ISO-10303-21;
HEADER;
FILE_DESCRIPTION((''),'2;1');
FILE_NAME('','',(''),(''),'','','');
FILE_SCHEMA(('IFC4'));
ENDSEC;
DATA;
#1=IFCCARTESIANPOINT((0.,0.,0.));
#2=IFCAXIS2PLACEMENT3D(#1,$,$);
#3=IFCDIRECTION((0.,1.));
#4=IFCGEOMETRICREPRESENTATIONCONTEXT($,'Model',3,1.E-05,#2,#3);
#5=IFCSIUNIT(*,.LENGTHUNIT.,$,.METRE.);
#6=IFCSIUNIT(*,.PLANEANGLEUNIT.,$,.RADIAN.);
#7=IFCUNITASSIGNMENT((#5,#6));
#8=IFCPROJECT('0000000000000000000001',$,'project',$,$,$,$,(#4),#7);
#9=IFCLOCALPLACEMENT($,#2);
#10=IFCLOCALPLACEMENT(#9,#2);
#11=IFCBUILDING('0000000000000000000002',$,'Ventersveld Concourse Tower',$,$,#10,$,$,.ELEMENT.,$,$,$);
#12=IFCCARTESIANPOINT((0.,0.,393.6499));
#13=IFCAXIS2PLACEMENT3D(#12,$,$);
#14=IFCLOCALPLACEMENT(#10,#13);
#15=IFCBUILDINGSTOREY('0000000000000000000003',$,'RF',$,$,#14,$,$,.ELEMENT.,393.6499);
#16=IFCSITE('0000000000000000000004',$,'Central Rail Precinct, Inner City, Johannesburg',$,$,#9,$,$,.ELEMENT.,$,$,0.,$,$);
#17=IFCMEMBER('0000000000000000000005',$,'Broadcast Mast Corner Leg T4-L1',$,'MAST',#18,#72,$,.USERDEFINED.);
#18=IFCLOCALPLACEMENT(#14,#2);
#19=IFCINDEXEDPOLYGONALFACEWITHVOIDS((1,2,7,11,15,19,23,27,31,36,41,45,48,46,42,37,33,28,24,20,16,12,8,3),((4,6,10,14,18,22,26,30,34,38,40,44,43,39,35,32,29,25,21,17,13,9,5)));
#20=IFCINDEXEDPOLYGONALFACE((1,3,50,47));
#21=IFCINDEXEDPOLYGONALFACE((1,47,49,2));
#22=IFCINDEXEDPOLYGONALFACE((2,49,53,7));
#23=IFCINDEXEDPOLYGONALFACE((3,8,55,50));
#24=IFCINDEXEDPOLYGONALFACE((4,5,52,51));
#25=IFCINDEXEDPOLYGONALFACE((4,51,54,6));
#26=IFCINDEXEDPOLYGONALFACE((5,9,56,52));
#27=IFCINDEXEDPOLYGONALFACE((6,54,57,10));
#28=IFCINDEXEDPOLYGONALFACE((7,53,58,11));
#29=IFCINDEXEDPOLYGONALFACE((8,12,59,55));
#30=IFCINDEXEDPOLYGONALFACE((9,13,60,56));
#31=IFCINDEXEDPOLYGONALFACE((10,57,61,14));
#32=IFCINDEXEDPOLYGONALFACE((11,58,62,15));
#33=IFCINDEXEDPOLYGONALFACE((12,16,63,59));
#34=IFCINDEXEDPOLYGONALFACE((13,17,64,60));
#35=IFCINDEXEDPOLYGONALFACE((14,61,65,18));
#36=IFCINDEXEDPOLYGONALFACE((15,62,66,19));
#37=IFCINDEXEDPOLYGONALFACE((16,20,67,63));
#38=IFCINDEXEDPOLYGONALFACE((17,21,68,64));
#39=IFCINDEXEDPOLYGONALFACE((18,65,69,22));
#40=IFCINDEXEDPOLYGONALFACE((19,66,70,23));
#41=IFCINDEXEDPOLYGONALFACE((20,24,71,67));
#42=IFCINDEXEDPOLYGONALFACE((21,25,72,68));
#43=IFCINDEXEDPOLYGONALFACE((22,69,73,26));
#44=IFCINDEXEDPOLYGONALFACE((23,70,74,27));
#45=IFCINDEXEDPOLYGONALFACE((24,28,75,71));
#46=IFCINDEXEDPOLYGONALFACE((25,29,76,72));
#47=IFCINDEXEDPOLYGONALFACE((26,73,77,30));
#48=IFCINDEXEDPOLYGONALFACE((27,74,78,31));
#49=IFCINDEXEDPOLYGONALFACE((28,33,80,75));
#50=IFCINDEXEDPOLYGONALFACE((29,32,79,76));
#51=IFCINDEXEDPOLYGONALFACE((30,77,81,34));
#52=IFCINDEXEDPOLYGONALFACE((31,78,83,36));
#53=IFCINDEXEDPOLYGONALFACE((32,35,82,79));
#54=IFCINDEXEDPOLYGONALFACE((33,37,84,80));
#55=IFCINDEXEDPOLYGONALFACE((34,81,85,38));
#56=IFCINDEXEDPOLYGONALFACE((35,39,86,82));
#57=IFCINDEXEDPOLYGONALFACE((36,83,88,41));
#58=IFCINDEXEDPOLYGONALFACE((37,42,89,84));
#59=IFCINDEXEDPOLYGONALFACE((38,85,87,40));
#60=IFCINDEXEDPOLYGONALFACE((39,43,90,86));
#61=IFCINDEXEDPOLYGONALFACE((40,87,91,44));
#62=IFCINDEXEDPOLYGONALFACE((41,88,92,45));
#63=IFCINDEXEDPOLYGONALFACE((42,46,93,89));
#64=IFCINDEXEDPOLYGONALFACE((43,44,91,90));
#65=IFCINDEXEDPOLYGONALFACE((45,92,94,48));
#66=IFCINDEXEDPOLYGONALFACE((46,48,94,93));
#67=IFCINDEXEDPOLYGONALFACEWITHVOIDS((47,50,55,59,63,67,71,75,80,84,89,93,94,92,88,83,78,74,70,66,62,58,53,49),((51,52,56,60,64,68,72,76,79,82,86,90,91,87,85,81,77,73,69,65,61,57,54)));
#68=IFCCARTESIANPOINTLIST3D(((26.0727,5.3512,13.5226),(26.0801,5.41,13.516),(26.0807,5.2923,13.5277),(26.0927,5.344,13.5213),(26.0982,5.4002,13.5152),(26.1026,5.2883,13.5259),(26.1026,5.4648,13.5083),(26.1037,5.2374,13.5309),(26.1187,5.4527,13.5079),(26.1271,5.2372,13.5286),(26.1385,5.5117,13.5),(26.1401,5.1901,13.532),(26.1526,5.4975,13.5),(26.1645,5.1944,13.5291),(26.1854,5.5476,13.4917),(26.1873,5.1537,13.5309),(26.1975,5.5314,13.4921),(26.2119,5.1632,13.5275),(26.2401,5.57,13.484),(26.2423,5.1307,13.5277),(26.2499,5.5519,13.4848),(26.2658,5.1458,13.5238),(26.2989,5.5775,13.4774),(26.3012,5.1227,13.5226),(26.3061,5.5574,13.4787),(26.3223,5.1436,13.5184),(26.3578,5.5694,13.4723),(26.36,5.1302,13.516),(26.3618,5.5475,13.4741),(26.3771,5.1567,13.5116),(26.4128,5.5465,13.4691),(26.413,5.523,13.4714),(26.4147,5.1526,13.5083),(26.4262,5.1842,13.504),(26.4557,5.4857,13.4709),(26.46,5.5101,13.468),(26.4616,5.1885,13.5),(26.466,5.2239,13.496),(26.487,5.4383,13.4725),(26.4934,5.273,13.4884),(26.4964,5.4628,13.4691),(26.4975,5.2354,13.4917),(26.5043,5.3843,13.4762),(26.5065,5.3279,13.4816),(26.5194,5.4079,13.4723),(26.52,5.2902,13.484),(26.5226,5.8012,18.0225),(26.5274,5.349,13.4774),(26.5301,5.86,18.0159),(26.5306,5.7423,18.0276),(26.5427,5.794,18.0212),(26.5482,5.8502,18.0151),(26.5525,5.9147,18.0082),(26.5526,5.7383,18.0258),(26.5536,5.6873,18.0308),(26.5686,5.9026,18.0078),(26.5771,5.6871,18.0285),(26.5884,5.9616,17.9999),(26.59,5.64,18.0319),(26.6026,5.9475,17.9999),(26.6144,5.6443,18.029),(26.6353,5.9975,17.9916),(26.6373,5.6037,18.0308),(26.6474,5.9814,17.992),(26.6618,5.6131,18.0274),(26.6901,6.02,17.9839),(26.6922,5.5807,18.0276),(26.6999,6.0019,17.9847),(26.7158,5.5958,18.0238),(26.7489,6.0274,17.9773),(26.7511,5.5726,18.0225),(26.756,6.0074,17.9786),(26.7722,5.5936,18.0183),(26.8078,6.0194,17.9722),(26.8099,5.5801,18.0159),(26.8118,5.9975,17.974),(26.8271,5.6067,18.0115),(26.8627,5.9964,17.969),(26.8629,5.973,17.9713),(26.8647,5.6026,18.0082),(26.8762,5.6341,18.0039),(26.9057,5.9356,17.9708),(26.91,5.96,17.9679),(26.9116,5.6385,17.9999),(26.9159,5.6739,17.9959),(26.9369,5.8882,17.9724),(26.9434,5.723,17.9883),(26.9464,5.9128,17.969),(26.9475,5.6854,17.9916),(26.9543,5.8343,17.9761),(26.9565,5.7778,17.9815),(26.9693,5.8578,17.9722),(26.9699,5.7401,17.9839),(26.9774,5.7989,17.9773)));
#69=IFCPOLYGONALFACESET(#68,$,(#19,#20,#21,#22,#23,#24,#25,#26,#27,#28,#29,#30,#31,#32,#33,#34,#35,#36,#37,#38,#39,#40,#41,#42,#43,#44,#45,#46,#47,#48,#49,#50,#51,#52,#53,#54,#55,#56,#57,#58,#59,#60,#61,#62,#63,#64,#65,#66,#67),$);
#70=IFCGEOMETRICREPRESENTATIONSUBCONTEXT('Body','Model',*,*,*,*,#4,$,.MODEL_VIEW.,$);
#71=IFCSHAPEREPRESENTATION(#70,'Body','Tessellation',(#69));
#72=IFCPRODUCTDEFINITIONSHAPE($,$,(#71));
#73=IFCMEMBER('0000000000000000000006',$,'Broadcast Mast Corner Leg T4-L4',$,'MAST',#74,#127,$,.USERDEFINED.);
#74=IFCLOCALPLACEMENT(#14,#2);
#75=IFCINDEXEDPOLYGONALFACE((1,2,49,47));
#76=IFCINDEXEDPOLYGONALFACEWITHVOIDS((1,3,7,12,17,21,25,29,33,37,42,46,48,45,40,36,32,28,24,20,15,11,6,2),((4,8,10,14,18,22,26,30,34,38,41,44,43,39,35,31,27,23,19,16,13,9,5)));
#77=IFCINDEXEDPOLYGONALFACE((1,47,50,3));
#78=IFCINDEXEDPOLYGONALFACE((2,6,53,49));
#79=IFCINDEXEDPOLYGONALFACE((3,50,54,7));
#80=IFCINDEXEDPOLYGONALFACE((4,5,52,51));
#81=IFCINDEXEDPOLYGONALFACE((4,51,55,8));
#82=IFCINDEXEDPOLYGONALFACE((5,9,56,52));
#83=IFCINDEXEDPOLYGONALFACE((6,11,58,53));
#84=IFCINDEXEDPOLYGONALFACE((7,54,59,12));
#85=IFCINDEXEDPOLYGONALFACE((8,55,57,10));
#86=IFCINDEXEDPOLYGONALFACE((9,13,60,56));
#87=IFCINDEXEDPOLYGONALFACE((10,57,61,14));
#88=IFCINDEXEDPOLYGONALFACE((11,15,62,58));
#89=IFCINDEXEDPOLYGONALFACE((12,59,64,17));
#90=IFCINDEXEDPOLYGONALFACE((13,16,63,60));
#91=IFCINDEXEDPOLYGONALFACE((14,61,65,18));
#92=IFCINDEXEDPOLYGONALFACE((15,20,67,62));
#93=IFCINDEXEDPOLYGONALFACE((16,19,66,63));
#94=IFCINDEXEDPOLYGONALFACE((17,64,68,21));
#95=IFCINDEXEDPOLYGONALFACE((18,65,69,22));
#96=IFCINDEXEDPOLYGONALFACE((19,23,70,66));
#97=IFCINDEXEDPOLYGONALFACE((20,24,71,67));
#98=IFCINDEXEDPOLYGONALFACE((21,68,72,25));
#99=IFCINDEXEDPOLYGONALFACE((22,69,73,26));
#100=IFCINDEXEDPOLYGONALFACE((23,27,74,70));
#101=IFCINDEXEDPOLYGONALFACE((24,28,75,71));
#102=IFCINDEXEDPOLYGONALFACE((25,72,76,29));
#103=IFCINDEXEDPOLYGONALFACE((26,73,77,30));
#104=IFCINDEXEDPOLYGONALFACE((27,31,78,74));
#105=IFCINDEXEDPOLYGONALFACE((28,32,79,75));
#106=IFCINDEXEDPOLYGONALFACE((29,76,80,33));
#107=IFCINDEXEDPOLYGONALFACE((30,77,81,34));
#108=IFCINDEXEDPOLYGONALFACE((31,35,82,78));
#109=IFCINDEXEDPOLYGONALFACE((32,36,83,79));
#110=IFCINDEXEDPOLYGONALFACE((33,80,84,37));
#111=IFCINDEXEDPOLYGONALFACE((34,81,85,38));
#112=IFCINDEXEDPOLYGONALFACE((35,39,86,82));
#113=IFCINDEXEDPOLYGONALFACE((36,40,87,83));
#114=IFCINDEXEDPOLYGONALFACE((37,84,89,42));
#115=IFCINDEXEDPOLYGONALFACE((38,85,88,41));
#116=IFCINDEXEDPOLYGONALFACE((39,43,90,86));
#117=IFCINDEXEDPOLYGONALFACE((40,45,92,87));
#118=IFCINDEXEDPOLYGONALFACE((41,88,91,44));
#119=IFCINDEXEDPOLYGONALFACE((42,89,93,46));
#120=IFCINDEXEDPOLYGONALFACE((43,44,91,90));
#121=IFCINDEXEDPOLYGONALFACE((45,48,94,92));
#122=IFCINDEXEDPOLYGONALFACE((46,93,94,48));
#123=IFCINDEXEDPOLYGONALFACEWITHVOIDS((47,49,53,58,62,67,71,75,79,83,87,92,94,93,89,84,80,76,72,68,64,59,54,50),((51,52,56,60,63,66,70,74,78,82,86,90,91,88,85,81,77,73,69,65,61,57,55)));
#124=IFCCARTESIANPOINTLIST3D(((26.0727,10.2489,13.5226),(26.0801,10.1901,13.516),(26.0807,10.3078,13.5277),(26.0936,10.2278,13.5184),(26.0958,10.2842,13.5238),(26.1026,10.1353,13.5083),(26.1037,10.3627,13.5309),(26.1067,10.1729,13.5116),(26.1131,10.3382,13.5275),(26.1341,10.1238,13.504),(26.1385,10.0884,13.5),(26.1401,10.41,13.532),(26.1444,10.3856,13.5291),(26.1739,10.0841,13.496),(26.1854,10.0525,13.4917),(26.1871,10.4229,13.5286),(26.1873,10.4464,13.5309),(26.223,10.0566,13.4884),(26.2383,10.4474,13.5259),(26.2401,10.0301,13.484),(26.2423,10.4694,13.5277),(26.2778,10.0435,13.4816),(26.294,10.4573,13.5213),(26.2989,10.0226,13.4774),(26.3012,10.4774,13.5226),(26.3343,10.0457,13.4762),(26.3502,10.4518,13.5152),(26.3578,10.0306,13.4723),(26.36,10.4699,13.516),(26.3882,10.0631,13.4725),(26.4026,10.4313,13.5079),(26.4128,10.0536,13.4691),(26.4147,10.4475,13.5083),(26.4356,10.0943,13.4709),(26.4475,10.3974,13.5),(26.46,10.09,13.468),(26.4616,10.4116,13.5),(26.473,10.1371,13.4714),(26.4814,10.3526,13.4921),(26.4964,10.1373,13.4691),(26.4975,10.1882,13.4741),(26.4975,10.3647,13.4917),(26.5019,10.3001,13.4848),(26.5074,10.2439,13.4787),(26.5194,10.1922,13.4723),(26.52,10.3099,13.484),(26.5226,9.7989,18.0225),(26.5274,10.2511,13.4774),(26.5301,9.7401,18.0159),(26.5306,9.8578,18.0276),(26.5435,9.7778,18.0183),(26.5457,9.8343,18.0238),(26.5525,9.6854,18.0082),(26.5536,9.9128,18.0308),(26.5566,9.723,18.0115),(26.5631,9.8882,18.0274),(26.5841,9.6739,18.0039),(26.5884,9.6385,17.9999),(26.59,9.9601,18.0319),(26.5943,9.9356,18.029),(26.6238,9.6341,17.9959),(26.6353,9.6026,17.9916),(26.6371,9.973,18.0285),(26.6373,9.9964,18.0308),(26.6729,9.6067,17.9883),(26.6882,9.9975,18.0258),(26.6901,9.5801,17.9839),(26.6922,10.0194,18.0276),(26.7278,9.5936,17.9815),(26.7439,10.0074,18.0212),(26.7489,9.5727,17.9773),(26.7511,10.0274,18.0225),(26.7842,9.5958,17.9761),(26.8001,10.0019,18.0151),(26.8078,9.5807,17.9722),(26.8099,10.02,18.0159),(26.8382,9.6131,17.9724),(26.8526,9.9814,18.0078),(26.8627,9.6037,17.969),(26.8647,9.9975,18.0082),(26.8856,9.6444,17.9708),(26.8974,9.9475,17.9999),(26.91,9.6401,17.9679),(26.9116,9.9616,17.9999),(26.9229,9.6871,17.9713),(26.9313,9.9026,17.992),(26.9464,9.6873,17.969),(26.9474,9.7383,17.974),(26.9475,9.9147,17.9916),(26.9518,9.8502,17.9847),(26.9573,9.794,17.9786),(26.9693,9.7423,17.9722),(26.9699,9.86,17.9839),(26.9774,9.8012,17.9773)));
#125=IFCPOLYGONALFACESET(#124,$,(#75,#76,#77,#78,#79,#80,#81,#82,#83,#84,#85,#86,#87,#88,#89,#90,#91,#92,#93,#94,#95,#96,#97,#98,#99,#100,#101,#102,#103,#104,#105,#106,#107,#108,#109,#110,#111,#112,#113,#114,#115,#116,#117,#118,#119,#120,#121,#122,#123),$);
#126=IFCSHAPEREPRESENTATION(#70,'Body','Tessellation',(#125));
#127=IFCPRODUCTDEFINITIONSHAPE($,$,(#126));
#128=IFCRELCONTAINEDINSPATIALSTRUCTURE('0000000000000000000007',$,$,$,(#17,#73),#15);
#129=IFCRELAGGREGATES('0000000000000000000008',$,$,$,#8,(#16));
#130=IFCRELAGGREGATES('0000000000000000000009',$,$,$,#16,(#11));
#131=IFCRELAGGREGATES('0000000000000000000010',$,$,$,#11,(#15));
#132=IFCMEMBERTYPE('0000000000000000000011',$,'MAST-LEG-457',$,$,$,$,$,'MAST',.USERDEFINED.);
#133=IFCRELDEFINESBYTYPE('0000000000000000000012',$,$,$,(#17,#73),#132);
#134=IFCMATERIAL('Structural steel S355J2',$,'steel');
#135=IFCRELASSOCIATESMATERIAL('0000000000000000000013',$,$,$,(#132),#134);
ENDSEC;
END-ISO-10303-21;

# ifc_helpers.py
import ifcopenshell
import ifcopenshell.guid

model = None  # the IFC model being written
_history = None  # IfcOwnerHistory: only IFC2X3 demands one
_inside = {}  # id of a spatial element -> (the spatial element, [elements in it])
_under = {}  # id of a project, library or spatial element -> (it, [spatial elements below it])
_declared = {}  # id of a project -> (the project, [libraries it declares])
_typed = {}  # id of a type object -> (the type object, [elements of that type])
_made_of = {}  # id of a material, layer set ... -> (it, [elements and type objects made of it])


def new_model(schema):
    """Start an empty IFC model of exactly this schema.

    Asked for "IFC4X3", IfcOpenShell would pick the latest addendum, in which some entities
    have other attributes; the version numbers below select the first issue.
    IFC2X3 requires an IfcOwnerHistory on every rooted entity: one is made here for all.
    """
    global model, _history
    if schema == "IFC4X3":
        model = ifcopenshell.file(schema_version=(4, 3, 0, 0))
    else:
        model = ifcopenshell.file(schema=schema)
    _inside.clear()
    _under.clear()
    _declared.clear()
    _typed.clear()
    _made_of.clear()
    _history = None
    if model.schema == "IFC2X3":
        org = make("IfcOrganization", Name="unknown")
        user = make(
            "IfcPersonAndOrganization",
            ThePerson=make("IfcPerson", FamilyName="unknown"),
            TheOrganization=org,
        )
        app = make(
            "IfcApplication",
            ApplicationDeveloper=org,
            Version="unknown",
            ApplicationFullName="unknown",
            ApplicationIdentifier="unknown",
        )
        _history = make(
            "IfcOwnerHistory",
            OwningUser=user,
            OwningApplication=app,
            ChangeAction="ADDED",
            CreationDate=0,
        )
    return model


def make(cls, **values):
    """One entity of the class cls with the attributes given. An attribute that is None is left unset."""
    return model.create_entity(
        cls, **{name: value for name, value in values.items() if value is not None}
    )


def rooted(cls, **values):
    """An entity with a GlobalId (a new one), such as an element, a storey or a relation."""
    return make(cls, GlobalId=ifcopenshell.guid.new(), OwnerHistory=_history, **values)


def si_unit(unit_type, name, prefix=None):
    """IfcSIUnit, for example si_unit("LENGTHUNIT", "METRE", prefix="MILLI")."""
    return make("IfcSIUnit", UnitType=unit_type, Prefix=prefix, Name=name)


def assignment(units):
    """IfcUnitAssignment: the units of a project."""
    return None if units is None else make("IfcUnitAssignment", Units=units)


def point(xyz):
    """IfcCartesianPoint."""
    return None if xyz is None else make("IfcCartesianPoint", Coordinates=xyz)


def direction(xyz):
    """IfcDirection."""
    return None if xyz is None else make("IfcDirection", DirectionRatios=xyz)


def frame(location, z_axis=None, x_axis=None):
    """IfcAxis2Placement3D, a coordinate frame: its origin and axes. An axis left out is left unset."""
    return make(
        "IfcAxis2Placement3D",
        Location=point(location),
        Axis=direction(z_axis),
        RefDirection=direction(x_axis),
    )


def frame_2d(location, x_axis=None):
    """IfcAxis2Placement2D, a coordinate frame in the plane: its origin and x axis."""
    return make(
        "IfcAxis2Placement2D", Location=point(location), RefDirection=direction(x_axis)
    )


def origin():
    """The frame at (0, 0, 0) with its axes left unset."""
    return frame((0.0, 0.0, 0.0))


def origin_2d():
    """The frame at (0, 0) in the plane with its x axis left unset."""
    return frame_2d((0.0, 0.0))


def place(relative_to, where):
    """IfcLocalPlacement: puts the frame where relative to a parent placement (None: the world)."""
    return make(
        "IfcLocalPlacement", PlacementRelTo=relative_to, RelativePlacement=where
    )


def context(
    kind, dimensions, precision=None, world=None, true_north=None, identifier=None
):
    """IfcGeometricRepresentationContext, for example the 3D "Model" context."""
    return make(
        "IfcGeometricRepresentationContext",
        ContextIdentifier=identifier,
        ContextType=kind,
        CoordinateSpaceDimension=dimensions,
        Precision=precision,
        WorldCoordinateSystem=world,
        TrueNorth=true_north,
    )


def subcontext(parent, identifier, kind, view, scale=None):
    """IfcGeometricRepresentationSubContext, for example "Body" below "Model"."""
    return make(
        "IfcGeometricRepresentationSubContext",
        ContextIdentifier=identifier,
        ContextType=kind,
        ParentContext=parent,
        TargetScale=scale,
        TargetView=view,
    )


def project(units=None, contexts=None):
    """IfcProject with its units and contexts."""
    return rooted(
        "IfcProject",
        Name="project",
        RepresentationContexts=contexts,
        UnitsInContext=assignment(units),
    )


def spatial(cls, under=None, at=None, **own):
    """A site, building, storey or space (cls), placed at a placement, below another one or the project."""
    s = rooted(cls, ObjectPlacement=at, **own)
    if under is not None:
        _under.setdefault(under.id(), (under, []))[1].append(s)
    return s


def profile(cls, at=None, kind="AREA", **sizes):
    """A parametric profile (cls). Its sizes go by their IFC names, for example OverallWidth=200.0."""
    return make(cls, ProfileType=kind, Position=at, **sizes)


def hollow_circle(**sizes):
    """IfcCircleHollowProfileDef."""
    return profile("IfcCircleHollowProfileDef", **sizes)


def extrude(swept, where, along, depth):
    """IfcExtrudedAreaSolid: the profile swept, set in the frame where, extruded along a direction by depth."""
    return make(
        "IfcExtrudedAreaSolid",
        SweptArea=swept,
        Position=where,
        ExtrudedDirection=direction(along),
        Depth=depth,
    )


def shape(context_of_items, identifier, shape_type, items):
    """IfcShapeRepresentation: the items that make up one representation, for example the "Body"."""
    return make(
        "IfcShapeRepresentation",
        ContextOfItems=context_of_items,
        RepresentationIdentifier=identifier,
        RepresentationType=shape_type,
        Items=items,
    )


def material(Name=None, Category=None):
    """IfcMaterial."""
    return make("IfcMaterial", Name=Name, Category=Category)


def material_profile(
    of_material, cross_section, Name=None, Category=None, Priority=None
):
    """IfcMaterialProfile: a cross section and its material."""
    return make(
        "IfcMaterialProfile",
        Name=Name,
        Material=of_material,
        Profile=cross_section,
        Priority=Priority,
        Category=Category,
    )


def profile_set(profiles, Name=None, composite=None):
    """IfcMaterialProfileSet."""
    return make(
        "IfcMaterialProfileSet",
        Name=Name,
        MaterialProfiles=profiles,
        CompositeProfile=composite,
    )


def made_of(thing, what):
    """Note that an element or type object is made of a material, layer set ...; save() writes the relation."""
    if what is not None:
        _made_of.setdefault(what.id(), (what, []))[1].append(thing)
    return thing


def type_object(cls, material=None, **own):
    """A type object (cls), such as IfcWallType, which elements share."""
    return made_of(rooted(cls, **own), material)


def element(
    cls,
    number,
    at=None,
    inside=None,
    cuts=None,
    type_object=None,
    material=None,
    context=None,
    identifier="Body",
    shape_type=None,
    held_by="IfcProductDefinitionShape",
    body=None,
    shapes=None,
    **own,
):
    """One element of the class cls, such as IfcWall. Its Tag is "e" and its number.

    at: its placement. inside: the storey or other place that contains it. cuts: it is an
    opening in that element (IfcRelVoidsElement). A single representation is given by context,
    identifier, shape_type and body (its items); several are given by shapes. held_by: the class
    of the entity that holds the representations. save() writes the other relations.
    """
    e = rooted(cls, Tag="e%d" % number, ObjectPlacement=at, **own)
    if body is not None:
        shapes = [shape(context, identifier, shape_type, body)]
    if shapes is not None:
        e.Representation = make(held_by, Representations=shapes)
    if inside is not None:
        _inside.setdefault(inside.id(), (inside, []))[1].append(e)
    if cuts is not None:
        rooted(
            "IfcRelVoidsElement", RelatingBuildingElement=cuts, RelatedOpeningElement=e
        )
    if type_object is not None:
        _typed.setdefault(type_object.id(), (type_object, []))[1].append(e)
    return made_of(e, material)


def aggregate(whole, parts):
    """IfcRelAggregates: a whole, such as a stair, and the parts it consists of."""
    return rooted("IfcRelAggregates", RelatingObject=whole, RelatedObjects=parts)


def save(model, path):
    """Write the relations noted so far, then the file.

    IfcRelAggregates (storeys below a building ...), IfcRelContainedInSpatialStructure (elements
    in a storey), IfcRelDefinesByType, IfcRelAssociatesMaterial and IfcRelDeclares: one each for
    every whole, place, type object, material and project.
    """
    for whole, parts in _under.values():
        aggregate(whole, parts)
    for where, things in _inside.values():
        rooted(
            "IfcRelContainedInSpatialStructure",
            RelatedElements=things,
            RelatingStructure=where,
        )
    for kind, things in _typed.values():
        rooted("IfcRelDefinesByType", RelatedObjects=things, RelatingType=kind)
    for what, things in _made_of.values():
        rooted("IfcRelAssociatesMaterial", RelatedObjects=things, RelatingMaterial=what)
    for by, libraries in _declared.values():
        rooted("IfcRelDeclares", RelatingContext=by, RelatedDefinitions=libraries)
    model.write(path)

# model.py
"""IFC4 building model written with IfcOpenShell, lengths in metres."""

from ifc_helpers import new_model, si_unit, direction, frame, origin, origin_2d, place, context, subcontext, project, spatial, hollow_circle, extrude, material, material_profile, profile_set, type_object, element, save


model = new_model("IFC4")

# Units and contexts
model_context = context("Model", 3, precision=1e-05, world=origin(), true_north=direction((0.0, 1.0)))
body_context = subcontext(model_context, "Body", "Model", "MODEL_VIEW")
ifc_project = project(units=[si_unit("LENGTHUNIT", "METRE"), si_unit("PLANEANGLEUNIT", "RADIAN")], contexts=[model_context])

# Site, building, storey
site_placement = place(None, origin())
site = spatial("IfcSite", under=ifc_project, at=site_placement, Name="Central Rail Precinct, Inner City, Johannesburg", CompositionType="ELEMENT", RefElevation=0.0)
building_placement = place(site_placement, origin())
building = spatial("IfcBuilding", under=site, at=building_placement, Name="Ventersveld Concourse Tower", CompositionType="ELEMENT")
storey_placement = place(building_placement, frame((0.0, 0.0, 393.6499)))
storey = spatial("IfcBuildingStorey", under=building, at=storey_placement, Name="RF", CompositionType="ELEMENT", Elevation=393.6499)

# Members
ifc_material = material(Name="Structural steel S355J2", Category="steel")
ifc_material_profile_1 = material_profile(ifc_material, hollow_circle(Radius=0.2285, WallThickness=0.02, at=origin_2d()), Name="CHS 457x20")
ifc_profile_set_1 = profile_set([ifc_material_profile_1], Name="Structural steel S355J2")
member_type_1 = type_object("IfcMemberType", Name="MAST-LEG-457", ElementType="MAST", PredefinedType="USERDEFINED", material=ifc_profile_set_1)
for number, where, z_axis, x_axis, name in (
    (1, (26.3, 5.3501, 13.5), (0.099004, 0.099004, 0.99015), (-0.707107, 0.707107, 0.0), "Broadcast Mast Corner Leg T4-L1"),
    (2, (26.3, 10.25, 13.5), (0.099004, -0.099004, 0.99015), (0.707107, 0.707107, 0.0), "Broadcast Mast Corner Leg T4-L4"),
):
    element("IfcMember", number, at=place(storey_placement, frame(where, z_axis=z_axis, x_axis=x_axis)), inside=storey, type_object=member_type_1, Name=name, ObjectType="MAST", PredefinedType="USERDEFINED", context=body_context, shape_type="SweptSolid", body=[
        extrude(hollow_circle(Radius=0.2285, WallThickness=0.02, at=origin_2d()), origin(), (0.0, 0.0, 1.0), 4.5447),
    ])

save(model, "model.ifc")
